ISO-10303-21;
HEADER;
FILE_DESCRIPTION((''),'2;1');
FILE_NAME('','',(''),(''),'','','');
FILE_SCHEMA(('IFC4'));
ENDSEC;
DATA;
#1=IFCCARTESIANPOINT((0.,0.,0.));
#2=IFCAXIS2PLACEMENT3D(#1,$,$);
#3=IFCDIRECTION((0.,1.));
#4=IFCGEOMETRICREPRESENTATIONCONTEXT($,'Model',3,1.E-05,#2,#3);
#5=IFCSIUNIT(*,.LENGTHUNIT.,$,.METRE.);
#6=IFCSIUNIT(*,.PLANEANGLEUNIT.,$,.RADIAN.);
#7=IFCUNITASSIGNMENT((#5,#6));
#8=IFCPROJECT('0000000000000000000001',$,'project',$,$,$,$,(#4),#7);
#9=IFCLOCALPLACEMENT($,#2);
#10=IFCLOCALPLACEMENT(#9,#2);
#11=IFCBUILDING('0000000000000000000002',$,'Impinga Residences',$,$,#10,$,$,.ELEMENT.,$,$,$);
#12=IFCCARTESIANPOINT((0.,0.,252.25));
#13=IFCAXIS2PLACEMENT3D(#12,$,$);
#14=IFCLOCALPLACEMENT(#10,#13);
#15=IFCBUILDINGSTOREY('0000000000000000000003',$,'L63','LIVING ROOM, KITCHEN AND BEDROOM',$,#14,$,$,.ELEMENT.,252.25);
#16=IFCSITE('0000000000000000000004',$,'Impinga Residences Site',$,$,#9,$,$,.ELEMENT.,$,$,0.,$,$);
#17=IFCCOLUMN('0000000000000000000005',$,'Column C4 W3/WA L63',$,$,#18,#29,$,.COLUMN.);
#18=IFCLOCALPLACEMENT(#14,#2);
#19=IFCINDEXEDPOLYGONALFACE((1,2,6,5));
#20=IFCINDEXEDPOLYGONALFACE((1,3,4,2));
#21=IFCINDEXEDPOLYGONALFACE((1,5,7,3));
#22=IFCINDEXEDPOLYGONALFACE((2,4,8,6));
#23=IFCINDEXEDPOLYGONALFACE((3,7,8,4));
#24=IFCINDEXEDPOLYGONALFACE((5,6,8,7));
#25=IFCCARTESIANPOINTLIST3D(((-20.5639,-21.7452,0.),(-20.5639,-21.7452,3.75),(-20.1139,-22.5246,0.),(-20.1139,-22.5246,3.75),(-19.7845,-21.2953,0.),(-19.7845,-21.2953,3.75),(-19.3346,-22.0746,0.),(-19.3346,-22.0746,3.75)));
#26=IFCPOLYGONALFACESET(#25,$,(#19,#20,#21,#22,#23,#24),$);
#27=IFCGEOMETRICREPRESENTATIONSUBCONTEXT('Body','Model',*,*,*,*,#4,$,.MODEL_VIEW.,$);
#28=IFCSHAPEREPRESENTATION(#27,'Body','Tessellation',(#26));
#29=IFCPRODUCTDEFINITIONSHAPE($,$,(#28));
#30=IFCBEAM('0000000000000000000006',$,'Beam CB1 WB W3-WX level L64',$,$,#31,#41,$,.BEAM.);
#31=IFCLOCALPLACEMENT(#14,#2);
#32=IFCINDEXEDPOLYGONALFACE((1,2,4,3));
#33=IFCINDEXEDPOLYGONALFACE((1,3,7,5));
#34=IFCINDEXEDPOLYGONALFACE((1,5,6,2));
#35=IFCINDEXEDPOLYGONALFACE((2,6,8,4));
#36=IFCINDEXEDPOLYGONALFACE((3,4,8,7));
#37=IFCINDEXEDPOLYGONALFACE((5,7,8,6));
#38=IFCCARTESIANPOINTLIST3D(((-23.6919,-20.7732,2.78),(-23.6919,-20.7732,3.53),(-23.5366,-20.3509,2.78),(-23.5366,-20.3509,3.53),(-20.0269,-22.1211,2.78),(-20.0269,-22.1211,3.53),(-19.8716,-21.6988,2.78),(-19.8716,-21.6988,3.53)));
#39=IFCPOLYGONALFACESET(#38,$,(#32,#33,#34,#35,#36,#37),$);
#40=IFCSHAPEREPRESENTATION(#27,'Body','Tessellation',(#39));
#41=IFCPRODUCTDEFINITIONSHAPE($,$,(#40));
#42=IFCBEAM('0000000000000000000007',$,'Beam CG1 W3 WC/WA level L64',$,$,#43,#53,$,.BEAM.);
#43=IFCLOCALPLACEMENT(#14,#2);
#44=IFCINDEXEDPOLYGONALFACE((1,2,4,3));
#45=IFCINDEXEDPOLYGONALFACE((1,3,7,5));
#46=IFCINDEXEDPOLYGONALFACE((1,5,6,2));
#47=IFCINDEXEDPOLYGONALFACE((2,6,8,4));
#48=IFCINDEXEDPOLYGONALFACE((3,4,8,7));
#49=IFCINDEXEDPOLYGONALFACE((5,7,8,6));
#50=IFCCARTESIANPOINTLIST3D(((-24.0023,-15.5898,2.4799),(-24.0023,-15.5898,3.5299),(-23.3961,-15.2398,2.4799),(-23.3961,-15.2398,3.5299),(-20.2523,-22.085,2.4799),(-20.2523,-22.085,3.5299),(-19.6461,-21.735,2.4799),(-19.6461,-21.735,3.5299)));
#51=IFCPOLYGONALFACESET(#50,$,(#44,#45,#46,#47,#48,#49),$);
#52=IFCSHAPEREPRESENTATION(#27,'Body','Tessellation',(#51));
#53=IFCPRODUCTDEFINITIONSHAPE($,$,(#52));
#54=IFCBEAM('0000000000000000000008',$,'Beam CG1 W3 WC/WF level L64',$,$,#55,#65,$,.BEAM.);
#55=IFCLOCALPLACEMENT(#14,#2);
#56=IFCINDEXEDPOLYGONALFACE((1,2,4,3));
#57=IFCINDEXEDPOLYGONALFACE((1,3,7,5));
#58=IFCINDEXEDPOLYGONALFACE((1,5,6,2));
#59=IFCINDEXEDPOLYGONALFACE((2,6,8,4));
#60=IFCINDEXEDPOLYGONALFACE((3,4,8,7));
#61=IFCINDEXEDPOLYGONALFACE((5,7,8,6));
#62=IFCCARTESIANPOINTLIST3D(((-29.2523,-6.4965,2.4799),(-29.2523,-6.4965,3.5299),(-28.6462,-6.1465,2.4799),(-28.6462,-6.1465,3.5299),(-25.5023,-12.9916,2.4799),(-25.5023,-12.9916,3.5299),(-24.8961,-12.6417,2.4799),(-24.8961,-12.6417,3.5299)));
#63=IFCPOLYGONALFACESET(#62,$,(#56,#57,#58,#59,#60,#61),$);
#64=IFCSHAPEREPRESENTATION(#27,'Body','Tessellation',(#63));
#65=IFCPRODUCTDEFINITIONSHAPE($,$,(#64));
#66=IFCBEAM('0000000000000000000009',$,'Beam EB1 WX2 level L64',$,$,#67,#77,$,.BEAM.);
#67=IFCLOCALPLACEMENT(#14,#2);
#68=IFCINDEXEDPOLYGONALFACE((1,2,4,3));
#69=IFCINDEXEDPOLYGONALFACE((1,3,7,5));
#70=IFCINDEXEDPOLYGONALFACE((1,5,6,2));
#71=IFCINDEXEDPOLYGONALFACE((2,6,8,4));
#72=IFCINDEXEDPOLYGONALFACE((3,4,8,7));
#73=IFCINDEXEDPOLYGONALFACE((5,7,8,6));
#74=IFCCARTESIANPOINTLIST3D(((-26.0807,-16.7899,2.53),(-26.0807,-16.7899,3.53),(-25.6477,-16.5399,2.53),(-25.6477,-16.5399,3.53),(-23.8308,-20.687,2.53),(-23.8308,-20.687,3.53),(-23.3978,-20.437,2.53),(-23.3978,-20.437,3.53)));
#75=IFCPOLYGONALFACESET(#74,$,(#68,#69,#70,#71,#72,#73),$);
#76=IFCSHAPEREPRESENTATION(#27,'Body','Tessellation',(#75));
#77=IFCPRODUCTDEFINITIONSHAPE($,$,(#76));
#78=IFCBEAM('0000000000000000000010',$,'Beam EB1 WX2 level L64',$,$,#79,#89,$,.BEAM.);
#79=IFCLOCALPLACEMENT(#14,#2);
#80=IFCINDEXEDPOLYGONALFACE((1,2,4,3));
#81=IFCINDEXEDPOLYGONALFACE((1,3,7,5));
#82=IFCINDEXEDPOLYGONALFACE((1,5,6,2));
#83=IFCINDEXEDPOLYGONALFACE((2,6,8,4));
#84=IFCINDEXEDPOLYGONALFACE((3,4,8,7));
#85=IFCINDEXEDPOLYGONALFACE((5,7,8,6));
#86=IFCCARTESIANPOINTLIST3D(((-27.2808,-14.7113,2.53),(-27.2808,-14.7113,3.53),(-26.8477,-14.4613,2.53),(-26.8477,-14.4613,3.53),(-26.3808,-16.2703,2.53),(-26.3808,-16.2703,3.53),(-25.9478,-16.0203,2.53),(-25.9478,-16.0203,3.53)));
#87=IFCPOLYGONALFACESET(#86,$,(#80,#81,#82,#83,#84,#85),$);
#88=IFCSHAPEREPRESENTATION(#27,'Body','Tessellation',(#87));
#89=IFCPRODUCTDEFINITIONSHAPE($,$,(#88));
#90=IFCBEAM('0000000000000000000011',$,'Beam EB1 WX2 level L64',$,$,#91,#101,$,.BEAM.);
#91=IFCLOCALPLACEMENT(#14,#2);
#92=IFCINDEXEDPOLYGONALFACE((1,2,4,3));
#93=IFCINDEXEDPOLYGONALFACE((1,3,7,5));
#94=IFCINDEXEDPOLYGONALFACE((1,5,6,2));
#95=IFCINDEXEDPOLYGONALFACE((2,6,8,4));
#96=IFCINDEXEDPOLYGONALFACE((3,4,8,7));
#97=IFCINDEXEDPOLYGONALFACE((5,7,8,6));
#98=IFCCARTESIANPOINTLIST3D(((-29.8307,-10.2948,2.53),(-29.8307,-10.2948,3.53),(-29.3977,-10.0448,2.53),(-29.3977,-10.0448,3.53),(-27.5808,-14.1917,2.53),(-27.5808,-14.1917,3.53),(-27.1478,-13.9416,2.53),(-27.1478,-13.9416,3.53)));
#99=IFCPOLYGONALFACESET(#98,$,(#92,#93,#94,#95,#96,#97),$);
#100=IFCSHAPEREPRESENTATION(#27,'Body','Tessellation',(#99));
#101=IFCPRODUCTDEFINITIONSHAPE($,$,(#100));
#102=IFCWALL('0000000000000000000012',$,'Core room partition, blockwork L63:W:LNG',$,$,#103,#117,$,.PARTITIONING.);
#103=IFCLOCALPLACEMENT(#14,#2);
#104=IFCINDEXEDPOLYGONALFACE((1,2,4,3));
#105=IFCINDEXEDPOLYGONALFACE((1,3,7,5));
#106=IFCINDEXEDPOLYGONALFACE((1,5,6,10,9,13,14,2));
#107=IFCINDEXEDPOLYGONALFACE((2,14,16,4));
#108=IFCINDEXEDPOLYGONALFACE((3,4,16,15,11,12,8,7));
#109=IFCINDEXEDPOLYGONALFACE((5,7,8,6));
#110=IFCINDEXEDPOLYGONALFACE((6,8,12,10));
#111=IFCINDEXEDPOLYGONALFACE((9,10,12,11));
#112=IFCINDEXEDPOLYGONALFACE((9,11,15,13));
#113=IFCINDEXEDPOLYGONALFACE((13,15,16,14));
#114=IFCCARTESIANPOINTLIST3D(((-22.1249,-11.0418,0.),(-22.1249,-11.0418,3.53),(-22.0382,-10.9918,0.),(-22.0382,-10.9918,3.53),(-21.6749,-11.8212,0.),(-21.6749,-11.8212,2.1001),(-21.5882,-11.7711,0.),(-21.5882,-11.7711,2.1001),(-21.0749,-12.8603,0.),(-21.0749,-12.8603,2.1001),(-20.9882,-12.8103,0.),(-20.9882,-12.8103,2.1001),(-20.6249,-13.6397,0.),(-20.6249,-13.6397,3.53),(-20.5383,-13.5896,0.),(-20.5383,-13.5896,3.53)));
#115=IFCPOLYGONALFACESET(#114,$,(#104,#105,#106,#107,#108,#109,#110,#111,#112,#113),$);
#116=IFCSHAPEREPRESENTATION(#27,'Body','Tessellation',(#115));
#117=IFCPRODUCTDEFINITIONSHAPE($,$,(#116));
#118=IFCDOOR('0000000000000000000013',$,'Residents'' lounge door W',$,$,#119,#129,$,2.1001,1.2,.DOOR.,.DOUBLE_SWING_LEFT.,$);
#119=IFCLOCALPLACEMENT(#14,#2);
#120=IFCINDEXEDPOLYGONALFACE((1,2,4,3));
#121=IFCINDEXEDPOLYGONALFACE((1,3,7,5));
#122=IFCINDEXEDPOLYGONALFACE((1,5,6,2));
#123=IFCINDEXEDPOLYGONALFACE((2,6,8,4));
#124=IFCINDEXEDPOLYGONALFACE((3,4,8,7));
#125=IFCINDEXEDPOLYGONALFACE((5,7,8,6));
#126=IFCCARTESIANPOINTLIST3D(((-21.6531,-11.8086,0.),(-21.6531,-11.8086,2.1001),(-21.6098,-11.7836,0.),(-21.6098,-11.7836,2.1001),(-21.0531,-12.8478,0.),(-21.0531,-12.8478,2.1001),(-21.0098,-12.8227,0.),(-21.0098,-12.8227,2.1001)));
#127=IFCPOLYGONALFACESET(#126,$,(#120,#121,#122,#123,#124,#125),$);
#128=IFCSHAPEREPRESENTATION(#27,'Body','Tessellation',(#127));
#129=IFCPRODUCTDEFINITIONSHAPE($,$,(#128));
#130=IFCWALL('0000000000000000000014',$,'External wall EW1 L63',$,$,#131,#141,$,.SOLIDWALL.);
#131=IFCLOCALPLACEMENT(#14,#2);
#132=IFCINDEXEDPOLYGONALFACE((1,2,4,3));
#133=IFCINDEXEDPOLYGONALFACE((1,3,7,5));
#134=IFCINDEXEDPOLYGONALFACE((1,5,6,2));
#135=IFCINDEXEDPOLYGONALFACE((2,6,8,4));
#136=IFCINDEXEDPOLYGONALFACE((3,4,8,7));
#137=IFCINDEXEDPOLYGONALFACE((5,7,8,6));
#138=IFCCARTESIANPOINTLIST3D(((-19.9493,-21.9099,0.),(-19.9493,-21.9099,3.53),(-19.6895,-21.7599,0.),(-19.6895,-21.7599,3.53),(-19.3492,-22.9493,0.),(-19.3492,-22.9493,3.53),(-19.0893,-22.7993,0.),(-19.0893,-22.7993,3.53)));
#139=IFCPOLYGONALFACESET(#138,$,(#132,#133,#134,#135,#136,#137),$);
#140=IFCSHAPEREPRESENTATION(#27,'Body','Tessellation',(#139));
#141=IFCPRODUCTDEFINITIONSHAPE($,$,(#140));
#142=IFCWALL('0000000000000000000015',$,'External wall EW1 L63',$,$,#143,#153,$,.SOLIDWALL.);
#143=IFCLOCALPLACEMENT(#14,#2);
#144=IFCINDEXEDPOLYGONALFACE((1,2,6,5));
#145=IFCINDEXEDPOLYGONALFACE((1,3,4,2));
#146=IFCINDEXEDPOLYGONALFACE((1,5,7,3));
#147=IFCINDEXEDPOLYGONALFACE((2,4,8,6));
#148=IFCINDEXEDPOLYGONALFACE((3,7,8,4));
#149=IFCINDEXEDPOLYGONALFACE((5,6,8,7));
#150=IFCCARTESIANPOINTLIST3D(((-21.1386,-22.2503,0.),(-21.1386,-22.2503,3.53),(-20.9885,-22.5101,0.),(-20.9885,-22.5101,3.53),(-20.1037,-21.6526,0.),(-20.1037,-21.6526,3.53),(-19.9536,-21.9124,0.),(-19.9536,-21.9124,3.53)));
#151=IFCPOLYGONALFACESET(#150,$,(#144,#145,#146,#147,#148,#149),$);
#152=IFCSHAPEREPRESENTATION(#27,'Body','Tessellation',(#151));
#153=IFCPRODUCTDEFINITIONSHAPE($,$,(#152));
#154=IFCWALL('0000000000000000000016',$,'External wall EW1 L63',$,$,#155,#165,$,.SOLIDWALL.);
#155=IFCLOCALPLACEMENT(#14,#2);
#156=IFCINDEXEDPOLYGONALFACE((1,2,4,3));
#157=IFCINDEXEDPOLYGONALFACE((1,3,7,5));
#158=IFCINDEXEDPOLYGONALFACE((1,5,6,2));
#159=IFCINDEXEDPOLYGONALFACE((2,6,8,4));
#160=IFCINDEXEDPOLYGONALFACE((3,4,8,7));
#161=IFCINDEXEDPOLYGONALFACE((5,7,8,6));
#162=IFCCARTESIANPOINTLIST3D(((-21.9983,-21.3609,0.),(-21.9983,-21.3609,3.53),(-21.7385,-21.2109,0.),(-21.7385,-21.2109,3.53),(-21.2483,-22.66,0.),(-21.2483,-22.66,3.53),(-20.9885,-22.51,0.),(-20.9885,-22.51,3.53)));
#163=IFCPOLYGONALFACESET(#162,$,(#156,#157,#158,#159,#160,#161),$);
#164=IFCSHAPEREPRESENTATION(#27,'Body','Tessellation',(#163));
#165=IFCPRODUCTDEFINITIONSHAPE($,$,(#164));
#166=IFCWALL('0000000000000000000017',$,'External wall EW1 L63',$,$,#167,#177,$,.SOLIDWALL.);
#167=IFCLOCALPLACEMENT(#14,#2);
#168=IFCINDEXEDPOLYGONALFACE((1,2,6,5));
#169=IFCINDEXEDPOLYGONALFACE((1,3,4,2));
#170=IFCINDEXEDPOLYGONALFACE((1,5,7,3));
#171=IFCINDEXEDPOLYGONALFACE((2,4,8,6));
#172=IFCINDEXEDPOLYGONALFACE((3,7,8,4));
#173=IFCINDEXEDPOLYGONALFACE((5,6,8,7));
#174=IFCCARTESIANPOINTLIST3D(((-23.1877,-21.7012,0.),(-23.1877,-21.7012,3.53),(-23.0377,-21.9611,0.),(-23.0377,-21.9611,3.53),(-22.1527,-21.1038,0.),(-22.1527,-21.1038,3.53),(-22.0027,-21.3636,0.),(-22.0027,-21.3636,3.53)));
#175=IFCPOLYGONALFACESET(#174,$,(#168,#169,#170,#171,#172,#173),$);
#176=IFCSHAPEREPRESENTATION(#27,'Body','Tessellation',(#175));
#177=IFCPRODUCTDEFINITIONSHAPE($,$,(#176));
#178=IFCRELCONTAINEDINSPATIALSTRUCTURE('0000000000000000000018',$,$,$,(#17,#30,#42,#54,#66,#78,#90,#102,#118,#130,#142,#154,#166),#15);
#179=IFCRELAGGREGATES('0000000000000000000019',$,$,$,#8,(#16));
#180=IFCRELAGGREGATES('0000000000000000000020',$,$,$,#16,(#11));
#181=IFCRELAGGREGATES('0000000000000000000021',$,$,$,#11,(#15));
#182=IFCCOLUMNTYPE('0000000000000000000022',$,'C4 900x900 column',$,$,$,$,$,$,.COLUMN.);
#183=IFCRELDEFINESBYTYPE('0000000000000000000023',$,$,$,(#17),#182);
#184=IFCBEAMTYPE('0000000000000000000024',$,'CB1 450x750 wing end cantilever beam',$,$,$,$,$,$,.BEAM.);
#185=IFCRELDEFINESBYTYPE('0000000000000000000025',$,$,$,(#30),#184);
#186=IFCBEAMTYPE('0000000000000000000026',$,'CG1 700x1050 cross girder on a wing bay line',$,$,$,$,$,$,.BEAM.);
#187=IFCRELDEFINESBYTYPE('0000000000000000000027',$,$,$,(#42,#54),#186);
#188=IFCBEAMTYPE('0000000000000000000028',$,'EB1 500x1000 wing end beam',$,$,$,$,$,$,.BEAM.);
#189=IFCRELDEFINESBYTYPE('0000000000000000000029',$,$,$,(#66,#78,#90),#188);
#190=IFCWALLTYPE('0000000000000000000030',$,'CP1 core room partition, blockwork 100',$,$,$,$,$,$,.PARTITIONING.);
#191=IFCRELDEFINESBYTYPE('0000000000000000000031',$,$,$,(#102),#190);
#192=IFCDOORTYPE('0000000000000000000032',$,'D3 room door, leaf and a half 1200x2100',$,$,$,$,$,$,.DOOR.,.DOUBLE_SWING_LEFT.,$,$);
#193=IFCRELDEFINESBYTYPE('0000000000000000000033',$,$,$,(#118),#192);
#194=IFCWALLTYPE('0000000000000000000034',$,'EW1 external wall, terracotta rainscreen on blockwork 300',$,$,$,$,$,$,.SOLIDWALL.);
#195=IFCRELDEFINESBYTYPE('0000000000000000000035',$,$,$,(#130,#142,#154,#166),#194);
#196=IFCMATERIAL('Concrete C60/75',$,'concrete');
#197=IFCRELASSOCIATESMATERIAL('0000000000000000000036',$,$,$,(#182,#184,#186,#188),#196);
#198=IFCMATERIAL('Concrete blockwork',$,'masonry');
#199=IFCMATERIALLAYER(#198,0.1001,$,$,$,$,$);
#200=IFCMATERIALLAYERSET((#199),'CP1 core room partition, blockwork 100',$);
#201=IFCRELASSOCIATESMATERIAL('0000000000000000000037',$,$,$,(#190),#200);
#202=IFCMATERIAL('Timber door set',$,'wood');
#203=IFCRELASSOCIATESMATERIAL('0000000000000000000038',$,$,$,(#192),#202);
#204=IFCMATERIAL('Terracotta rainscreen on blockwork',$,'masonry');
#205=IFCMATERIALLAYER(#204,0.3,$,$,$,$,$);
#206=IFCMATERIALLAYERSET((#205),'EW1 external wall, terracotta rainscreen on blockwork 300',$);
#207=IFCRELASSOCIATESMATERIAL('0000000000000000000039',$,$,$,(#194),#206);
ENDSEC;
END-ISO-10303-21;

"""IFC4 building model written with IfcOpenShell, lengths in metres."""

from ifc_helpers import new_model, si_unit, direction, frame, frame_2d, origin, origin_2d, place, context, subcontext, project, spatial, rectangle, extrude, material, layer, layer_set, material_profile, profile_set, type_object, element, fill, save


model = new_model("IFC4")

# Units and contexts
model_context = context("Model", 3, precision=1e-05, world=origin(), true_north=direction((0.0, 1.0)))
body_context = subcontext(model_context, "Body", "Model", "MODEL_VIEW")
ifc_project = project(units=[si_unit("LENGTHUNIT", "METRE"), si_unit("PLANEANGLEUNIT", "RADIAN")], contexts=[model_context])

# Site, building, storey
site_placement = place(None, origin())
site = spatial("IfcSite", under=ifc_project, at=site_placement, Name="Impinga Residences Site", CompositionType="ELEMENT", RefElevation=0.0)
building_placement = place(site_placement, origin())
building = spatial("IfcBuilding", under=site, at=building_placement, Name="Impinga Residences", CompositionType="ELEMENT")
storey_placement = place(building_placement, frame((0.0, 0.0, 252.25)))
storey = spatial("IfcBuildingStorey", under=building, at=storey_placement, Name="L63", Description="LIVING ROOM, KITCHEN AND BEDROOM", CompositionType="ELEMENT", Elevation=252.25)

# Column
ifc_material_1 = material(Name="Concrete C60/75", Category="concrete")
ifc_material_profile_1 = material_profile(ifc_material_1, rectangle(XDim=0.8999, YDim=0.8999, at=origin_2d()), Name="RC 900x900")
ifc_profile_set_1 = profile_set([ifc_material_profile_1], Name="Concrete C60/75")
column_type = type_object("IfcColumnType", Name="C4 900x900 column", PredefinedType="COLUMN", material=ifc_profile_set_1)
column_placement = place(storey_placement, frame((-19.9492, -21.9099, 0.0), z_axis=(0.0, 0.0, 1.0), x_axis=(-0.5, 0.866025, 0.0)))
element("IfcColumn", 1, at=column_placement, inside=storey, type_object=column_type, Name="Column C4 W3/WA L63", PredefinedType="COLUMN", context=body_context, shape_type="SweptSolid", body=[
    extrude(rectangle(XDim=0.8999, YDim=0.8999, at=origin_2d()), origin(), (0.0, 0.0, 1.0), 3.75),
])

# Beams
ifc_material_profile_2 = material_profile(ifc_material_1, rectangle(XDim=0.45, YDim=0.75, at=origin_2d()), Name="RC 450x750")
ifc_profile_set_2 = profile_set([ifc_material_profile_2], Name="Concrete C60/75")
beam_type_1 = type_object("IfcBeamType", Name="CB1 450x750 wing end cantilever beam", PredefinedType="BEAM", material=ifc_profile_set_2)
beam_1_placement = place(storey_placement, frame((-19.9492, -21.9099, 3.155), z_axis=(-0.93854, 0.345169, 0.0), x_axis=(-0.345169, -0.93854, 0.0)))
element("IfcBeam", 2, at=beam_1_placement, inside=storey, type_object=beam_type_1, Name="Beam CB1 WB W3-WX level L64", PredefinedType="BEAM", context=body_context, shape_type="SweptSolid", body=[
    extrude(rectangle(XDim=0.45, YDim=0.75, at=origin_2d()), origin(), (0.0, 0.0, 1.0), 3.905),
])
ifc_material_profile_3 = material_profile(ifc_material_1, rectangle(XDim=0.7, YDim=1.05, at=origin_2d()), Name="RC 700x1050")
ifc_profile_set_3 = profile_set([ifc_material_profile_3], Name="Concrete C60/75")
beam_type_2 = type_object("IfcBeamType", Name="CG1 700x1050 cross girder on a wing bay line", PredefinedType="BEAM", material=ifc_profile_set_3)
for number, where, z_axis, x_axis, name in (
    (3, (-23.6992, -15.4148, 3.0049), (0.500004, -0.866023, 0.0), (0.866023, 0.500004, 0.0), "Beam CG1 W3 WC/WA level L64"),
    (4, (-25.1992, -12.8167, 3.0049), (-0.500004, 0.866023, 0.0), (-0.866023, -0.500004, 0.0), "Beam CG1 W3 WC/WF level L64"),
):
    element("IfcBeam", number, at=place(storey_placement, frame(where, z_axis=z_axis, x_axis=x_axis)), inside=storey, type_object=beam_type_2, Name=name, PredefinedType="BEAM", context=body_context, shape_type="SweptSolid", body=[
        extrude(rectangle(XDim=0.7, YDim=1.05, at=origin_2d()), origin(), (0.0, 0.0, 1.0), 7.5),
    ])
ifc_material_profile_4 = material_profile(ifc_material_1, rectangle(XDim=0.5, YDim=1.0, at=origin_2d()), Name="RC 500x1000")
ifc_profile_set_4 = profile_set([ifc_material_profile_4], Name="Concrete C60/75")
beam_type_3 = type_object("IfcBeamType", Name="EB1 500x1000 wing end beam", PredefinedType="BEAM", material=ifc_profile_set_4)
beam_2_placement = place(storey_placement, frame((-23.6143, -20.562, 3.03), z_axis=(-0.49999, 0.866031, 0.0), x_axis=(-0.866031, -0.49999, 0.0)))
element("IfcBeam", 5, at=beam_2_placement, inside=storey, type_object=beam_type_3, Name="Beam EB1 WX2 level L64", PredefinedType="BEAM", context=body_context, shape_type="SweptSolid", body=[
    extrude(rectangle(XDim=0.5, YDim=1.0, at=origin_2d()), origin(), (0.0, 0.0, 1.0), 4.5),
])
beam_3_placement = place(storey_placement, frame((-26.1643, -16.1453, 3.03), z_axis=(-0.499961, 0.866048, 0.0), x_axis=(-0.866048, -0.499961, 0.0)))
element("IfcBeam", 6, at=beam_3_placement, inside=storey, type_object=beam_type_3, Name="Beam EB1 WX2 level L64", PredefinedType="BEAM", context=body_context, shape_type="SweptSolid", body=[
    extrude(rectangle(XDim=0.5, YDim=1.0, at=origin_2d()), origin(), (0.0, 0.0, 1.0), 1.8),
])
beam_4_placement = place(storey_placement, frame((-27.3643, -14.0667, 3.03), z_axis=(-0.500014, 0.866018, 0.0), x_axis=(-0.866018, -0.500014, 0.0)))
element("IfcBeam", 7, at=beam_4_placement, inside=storey, type_object=beam_type_3, Name="Beam EB1 WX2 level L64", PredefinedType="BEAM", context=body_context, shape_type="SweptSolid", body=[
    extrude(rectangle(XDim=0.5, YDim=1.0, at=origin_2d()), origin(), (0.0, 0.0, 1.0), 4.4998),
])

# Wall, opening, door
ifc_material_2 = material(Name="Concrete blockwork", Category="masonry")
ifc_layer_1 = layer(ifc_material_2, 0.1001)
ifc_layer_set_1 = layer_set([ifc_layer_1], Name="CP1 core room partition, blockwork 100")
wall_type_1 = type_object("IfcWallType", Name="CP1 core room partition, blockwork 100", PredefinedType="PARTITIONING", material=ifc_layer_set_1)
wall_1_placement = place(storey_placement, frame((-20.5815, -13.6147, 0.0), z_axis=(0.0, 0.0, 1.0), x_axis=(-0.500025, 0.866011, 0.0)))
wall_1 = element("IfcWall", 8, at=wall_1_placement, inside=storey, type_object=wall_type_1, Name="Core room partition, blockwork L63:W:LNG", PredefinedType="PARTITIONING", context=body_context, shape_type="SweptSolid", body=[
    extrude(rectangle(XDim=2.9998, YDim=0.1001, at=frame_2d((1.5, 0.0))), origin(), (0.0, 0.0, 1.0), 3.53),
])
opening_1_placement = place(wall_1_placement, frame((0.8999, 0.0, 0.0)))
opening_1 = element("IfcOpeningElement", 9, at=opening_1_placement, cuts=wall_1, PredefinedType="OPENING", context=body_context, shape_type="SweptSolid", body=[
    extrude(rectangle(XDim=1.2, YDim=2.1001, at=frame_2d((0.6001, 1.05))), frame((0.0, 0.0601, 0.0), z_axis=(0.0, -1.0, 0.0), x_axis=(1.0, 0.0, 0.0)), (0.0, 0.0, 1.0), 0.1201),
])
ifc_material_3 = material(Name="Timber door set", Category="wood")
door_type = type_object("IfcDoorType", Name="D3 room door, leaf and a half 1200x2100", OperationType="DOUBLE_SWING_LEFT", PredefinedType="DOOR", material=ifc_material_3)
door_placement = place(opening_1_placement, origin())
door = element("IfcDoor", 10, at=door_placement, inside=storey, type_object=door_type, Name="Residents' lounge door W", OperationType="DOUBLE_SWING_LEFT", OverallHeight=2.1001, OverallWidth=1.2, PredefinedType="DOOR", context=body_context, shape_type="SweptSolid", body=[
    extrude(rectangle(XDim=1.2, YDim=2.1001, at=frame_2d((0.6001, 1.05))), frame((0.0, 0.0249, 0.0), z_axis=(0.0, -1.0, 0.0), x_axis=(1.0, 0.0, 0.0)), (0.0, 0.0, 1.0), 0.05),
])
fill(opening_1, door)

# Walls
ifc_material_4 = material(Name="Terracotta rainscreen on blockwork", Category="masonry")
ifc_layer_2 = layer(ifc_material_4, 0.3)
ifc_layer_set_2 = layer_set([ifc_layer_2], Name="EW1 external wall, terracotta rainscreen on blockwork 300")
wall_type_2 = type_object("IfcWallType", Name="EW1 external wall, terracotta rainscreen on blockwork 300", PredefinedType="SOLIDWALL", material=ifc_layer_set_2)
wall_2_placement = place(storey_placement, frame((-19.2192, -22.8743, 0.0), z_axis=(0.0, 0.0, 1.0), x_axis=(-0.500034, 0.866006, 0.0)))
element("IfcWall", 11, at=wall_2_placement, inside=storey, type_object=wall_type_2, Name="External wall EW1 L63", PredefinedType="SOLIDWALL", context=body_context, shape_type="SweptSolid", body=[
    extrude(rectangle(XDim=1.2002, YDim=0.3, at=frame_2d((0.6001, 0.0))), origin(), (0.0, 0.0, 1.0), 3.53),
])
wall_3_placement = place(storey_placement, frame((-20.0286, -21.7825, 0.0), z_axis=(0.0, 0.0, 1.0), x_axis=(-0.865971, -0.500094, 0.0)))
element("IfcWall", 12, at=wall_3_placement, inside=storey, type_object=wall_type_2, Name="External wall EW1 L63", PredefinedType="SOLIDWALL", context=body_context, shape_type="SweptSolid", body=[
    extrude(rectangle(XDim=1.1951, YDim=0.3, at=frame_2d((0.5977, 0.0))), origin(), (0.0, 0.0, 1.0), 3.53),
])
wall_4_placement = place(storey_placement, frame((-21.1184, -22.585, 0.0), z_axis=(0.0, 0.0, 1.0), x_axis=(-0.49999, 0.866031, 0.0)))
element("IfcWall", 13, at=wall_4_placement, inside=storey, type_object=wall_type_2, Name="External wall EW1 L63", PredefinedType="SOLIDWALL", context=body_context, shape_type="SweptSolid", body=[
    extrude(rectangle(XDim=1.5, YDim=0.3, at=frame_2d((0.75, 0.0))), origin(), (0.0, 0.0, 1.0), 3.53),
])
wall_5_placement = place(storey_placement, frame((-22.0776, -21.2336, 0.0), z_axis=(0.0, 0.0, 1.0), x_axis=(-0.86606, -0.499941, 0.0)))
element("IfcWall", 14, at=wall_5_placement, inside=storey, type_object=wall_type_2, Name="External wall EW1 L63", PredefinedType="SOLIDWALL", context=body_context, shape_type="SweptSolid", body=[
    extrude(rectangle(XDim=1.1951, YDim=0.3, at=frame_2d((0.5977, 0.0))), origin(), (0.0, 0.0, 1.0), 3.53),
])

save(model, "model.ifc")
